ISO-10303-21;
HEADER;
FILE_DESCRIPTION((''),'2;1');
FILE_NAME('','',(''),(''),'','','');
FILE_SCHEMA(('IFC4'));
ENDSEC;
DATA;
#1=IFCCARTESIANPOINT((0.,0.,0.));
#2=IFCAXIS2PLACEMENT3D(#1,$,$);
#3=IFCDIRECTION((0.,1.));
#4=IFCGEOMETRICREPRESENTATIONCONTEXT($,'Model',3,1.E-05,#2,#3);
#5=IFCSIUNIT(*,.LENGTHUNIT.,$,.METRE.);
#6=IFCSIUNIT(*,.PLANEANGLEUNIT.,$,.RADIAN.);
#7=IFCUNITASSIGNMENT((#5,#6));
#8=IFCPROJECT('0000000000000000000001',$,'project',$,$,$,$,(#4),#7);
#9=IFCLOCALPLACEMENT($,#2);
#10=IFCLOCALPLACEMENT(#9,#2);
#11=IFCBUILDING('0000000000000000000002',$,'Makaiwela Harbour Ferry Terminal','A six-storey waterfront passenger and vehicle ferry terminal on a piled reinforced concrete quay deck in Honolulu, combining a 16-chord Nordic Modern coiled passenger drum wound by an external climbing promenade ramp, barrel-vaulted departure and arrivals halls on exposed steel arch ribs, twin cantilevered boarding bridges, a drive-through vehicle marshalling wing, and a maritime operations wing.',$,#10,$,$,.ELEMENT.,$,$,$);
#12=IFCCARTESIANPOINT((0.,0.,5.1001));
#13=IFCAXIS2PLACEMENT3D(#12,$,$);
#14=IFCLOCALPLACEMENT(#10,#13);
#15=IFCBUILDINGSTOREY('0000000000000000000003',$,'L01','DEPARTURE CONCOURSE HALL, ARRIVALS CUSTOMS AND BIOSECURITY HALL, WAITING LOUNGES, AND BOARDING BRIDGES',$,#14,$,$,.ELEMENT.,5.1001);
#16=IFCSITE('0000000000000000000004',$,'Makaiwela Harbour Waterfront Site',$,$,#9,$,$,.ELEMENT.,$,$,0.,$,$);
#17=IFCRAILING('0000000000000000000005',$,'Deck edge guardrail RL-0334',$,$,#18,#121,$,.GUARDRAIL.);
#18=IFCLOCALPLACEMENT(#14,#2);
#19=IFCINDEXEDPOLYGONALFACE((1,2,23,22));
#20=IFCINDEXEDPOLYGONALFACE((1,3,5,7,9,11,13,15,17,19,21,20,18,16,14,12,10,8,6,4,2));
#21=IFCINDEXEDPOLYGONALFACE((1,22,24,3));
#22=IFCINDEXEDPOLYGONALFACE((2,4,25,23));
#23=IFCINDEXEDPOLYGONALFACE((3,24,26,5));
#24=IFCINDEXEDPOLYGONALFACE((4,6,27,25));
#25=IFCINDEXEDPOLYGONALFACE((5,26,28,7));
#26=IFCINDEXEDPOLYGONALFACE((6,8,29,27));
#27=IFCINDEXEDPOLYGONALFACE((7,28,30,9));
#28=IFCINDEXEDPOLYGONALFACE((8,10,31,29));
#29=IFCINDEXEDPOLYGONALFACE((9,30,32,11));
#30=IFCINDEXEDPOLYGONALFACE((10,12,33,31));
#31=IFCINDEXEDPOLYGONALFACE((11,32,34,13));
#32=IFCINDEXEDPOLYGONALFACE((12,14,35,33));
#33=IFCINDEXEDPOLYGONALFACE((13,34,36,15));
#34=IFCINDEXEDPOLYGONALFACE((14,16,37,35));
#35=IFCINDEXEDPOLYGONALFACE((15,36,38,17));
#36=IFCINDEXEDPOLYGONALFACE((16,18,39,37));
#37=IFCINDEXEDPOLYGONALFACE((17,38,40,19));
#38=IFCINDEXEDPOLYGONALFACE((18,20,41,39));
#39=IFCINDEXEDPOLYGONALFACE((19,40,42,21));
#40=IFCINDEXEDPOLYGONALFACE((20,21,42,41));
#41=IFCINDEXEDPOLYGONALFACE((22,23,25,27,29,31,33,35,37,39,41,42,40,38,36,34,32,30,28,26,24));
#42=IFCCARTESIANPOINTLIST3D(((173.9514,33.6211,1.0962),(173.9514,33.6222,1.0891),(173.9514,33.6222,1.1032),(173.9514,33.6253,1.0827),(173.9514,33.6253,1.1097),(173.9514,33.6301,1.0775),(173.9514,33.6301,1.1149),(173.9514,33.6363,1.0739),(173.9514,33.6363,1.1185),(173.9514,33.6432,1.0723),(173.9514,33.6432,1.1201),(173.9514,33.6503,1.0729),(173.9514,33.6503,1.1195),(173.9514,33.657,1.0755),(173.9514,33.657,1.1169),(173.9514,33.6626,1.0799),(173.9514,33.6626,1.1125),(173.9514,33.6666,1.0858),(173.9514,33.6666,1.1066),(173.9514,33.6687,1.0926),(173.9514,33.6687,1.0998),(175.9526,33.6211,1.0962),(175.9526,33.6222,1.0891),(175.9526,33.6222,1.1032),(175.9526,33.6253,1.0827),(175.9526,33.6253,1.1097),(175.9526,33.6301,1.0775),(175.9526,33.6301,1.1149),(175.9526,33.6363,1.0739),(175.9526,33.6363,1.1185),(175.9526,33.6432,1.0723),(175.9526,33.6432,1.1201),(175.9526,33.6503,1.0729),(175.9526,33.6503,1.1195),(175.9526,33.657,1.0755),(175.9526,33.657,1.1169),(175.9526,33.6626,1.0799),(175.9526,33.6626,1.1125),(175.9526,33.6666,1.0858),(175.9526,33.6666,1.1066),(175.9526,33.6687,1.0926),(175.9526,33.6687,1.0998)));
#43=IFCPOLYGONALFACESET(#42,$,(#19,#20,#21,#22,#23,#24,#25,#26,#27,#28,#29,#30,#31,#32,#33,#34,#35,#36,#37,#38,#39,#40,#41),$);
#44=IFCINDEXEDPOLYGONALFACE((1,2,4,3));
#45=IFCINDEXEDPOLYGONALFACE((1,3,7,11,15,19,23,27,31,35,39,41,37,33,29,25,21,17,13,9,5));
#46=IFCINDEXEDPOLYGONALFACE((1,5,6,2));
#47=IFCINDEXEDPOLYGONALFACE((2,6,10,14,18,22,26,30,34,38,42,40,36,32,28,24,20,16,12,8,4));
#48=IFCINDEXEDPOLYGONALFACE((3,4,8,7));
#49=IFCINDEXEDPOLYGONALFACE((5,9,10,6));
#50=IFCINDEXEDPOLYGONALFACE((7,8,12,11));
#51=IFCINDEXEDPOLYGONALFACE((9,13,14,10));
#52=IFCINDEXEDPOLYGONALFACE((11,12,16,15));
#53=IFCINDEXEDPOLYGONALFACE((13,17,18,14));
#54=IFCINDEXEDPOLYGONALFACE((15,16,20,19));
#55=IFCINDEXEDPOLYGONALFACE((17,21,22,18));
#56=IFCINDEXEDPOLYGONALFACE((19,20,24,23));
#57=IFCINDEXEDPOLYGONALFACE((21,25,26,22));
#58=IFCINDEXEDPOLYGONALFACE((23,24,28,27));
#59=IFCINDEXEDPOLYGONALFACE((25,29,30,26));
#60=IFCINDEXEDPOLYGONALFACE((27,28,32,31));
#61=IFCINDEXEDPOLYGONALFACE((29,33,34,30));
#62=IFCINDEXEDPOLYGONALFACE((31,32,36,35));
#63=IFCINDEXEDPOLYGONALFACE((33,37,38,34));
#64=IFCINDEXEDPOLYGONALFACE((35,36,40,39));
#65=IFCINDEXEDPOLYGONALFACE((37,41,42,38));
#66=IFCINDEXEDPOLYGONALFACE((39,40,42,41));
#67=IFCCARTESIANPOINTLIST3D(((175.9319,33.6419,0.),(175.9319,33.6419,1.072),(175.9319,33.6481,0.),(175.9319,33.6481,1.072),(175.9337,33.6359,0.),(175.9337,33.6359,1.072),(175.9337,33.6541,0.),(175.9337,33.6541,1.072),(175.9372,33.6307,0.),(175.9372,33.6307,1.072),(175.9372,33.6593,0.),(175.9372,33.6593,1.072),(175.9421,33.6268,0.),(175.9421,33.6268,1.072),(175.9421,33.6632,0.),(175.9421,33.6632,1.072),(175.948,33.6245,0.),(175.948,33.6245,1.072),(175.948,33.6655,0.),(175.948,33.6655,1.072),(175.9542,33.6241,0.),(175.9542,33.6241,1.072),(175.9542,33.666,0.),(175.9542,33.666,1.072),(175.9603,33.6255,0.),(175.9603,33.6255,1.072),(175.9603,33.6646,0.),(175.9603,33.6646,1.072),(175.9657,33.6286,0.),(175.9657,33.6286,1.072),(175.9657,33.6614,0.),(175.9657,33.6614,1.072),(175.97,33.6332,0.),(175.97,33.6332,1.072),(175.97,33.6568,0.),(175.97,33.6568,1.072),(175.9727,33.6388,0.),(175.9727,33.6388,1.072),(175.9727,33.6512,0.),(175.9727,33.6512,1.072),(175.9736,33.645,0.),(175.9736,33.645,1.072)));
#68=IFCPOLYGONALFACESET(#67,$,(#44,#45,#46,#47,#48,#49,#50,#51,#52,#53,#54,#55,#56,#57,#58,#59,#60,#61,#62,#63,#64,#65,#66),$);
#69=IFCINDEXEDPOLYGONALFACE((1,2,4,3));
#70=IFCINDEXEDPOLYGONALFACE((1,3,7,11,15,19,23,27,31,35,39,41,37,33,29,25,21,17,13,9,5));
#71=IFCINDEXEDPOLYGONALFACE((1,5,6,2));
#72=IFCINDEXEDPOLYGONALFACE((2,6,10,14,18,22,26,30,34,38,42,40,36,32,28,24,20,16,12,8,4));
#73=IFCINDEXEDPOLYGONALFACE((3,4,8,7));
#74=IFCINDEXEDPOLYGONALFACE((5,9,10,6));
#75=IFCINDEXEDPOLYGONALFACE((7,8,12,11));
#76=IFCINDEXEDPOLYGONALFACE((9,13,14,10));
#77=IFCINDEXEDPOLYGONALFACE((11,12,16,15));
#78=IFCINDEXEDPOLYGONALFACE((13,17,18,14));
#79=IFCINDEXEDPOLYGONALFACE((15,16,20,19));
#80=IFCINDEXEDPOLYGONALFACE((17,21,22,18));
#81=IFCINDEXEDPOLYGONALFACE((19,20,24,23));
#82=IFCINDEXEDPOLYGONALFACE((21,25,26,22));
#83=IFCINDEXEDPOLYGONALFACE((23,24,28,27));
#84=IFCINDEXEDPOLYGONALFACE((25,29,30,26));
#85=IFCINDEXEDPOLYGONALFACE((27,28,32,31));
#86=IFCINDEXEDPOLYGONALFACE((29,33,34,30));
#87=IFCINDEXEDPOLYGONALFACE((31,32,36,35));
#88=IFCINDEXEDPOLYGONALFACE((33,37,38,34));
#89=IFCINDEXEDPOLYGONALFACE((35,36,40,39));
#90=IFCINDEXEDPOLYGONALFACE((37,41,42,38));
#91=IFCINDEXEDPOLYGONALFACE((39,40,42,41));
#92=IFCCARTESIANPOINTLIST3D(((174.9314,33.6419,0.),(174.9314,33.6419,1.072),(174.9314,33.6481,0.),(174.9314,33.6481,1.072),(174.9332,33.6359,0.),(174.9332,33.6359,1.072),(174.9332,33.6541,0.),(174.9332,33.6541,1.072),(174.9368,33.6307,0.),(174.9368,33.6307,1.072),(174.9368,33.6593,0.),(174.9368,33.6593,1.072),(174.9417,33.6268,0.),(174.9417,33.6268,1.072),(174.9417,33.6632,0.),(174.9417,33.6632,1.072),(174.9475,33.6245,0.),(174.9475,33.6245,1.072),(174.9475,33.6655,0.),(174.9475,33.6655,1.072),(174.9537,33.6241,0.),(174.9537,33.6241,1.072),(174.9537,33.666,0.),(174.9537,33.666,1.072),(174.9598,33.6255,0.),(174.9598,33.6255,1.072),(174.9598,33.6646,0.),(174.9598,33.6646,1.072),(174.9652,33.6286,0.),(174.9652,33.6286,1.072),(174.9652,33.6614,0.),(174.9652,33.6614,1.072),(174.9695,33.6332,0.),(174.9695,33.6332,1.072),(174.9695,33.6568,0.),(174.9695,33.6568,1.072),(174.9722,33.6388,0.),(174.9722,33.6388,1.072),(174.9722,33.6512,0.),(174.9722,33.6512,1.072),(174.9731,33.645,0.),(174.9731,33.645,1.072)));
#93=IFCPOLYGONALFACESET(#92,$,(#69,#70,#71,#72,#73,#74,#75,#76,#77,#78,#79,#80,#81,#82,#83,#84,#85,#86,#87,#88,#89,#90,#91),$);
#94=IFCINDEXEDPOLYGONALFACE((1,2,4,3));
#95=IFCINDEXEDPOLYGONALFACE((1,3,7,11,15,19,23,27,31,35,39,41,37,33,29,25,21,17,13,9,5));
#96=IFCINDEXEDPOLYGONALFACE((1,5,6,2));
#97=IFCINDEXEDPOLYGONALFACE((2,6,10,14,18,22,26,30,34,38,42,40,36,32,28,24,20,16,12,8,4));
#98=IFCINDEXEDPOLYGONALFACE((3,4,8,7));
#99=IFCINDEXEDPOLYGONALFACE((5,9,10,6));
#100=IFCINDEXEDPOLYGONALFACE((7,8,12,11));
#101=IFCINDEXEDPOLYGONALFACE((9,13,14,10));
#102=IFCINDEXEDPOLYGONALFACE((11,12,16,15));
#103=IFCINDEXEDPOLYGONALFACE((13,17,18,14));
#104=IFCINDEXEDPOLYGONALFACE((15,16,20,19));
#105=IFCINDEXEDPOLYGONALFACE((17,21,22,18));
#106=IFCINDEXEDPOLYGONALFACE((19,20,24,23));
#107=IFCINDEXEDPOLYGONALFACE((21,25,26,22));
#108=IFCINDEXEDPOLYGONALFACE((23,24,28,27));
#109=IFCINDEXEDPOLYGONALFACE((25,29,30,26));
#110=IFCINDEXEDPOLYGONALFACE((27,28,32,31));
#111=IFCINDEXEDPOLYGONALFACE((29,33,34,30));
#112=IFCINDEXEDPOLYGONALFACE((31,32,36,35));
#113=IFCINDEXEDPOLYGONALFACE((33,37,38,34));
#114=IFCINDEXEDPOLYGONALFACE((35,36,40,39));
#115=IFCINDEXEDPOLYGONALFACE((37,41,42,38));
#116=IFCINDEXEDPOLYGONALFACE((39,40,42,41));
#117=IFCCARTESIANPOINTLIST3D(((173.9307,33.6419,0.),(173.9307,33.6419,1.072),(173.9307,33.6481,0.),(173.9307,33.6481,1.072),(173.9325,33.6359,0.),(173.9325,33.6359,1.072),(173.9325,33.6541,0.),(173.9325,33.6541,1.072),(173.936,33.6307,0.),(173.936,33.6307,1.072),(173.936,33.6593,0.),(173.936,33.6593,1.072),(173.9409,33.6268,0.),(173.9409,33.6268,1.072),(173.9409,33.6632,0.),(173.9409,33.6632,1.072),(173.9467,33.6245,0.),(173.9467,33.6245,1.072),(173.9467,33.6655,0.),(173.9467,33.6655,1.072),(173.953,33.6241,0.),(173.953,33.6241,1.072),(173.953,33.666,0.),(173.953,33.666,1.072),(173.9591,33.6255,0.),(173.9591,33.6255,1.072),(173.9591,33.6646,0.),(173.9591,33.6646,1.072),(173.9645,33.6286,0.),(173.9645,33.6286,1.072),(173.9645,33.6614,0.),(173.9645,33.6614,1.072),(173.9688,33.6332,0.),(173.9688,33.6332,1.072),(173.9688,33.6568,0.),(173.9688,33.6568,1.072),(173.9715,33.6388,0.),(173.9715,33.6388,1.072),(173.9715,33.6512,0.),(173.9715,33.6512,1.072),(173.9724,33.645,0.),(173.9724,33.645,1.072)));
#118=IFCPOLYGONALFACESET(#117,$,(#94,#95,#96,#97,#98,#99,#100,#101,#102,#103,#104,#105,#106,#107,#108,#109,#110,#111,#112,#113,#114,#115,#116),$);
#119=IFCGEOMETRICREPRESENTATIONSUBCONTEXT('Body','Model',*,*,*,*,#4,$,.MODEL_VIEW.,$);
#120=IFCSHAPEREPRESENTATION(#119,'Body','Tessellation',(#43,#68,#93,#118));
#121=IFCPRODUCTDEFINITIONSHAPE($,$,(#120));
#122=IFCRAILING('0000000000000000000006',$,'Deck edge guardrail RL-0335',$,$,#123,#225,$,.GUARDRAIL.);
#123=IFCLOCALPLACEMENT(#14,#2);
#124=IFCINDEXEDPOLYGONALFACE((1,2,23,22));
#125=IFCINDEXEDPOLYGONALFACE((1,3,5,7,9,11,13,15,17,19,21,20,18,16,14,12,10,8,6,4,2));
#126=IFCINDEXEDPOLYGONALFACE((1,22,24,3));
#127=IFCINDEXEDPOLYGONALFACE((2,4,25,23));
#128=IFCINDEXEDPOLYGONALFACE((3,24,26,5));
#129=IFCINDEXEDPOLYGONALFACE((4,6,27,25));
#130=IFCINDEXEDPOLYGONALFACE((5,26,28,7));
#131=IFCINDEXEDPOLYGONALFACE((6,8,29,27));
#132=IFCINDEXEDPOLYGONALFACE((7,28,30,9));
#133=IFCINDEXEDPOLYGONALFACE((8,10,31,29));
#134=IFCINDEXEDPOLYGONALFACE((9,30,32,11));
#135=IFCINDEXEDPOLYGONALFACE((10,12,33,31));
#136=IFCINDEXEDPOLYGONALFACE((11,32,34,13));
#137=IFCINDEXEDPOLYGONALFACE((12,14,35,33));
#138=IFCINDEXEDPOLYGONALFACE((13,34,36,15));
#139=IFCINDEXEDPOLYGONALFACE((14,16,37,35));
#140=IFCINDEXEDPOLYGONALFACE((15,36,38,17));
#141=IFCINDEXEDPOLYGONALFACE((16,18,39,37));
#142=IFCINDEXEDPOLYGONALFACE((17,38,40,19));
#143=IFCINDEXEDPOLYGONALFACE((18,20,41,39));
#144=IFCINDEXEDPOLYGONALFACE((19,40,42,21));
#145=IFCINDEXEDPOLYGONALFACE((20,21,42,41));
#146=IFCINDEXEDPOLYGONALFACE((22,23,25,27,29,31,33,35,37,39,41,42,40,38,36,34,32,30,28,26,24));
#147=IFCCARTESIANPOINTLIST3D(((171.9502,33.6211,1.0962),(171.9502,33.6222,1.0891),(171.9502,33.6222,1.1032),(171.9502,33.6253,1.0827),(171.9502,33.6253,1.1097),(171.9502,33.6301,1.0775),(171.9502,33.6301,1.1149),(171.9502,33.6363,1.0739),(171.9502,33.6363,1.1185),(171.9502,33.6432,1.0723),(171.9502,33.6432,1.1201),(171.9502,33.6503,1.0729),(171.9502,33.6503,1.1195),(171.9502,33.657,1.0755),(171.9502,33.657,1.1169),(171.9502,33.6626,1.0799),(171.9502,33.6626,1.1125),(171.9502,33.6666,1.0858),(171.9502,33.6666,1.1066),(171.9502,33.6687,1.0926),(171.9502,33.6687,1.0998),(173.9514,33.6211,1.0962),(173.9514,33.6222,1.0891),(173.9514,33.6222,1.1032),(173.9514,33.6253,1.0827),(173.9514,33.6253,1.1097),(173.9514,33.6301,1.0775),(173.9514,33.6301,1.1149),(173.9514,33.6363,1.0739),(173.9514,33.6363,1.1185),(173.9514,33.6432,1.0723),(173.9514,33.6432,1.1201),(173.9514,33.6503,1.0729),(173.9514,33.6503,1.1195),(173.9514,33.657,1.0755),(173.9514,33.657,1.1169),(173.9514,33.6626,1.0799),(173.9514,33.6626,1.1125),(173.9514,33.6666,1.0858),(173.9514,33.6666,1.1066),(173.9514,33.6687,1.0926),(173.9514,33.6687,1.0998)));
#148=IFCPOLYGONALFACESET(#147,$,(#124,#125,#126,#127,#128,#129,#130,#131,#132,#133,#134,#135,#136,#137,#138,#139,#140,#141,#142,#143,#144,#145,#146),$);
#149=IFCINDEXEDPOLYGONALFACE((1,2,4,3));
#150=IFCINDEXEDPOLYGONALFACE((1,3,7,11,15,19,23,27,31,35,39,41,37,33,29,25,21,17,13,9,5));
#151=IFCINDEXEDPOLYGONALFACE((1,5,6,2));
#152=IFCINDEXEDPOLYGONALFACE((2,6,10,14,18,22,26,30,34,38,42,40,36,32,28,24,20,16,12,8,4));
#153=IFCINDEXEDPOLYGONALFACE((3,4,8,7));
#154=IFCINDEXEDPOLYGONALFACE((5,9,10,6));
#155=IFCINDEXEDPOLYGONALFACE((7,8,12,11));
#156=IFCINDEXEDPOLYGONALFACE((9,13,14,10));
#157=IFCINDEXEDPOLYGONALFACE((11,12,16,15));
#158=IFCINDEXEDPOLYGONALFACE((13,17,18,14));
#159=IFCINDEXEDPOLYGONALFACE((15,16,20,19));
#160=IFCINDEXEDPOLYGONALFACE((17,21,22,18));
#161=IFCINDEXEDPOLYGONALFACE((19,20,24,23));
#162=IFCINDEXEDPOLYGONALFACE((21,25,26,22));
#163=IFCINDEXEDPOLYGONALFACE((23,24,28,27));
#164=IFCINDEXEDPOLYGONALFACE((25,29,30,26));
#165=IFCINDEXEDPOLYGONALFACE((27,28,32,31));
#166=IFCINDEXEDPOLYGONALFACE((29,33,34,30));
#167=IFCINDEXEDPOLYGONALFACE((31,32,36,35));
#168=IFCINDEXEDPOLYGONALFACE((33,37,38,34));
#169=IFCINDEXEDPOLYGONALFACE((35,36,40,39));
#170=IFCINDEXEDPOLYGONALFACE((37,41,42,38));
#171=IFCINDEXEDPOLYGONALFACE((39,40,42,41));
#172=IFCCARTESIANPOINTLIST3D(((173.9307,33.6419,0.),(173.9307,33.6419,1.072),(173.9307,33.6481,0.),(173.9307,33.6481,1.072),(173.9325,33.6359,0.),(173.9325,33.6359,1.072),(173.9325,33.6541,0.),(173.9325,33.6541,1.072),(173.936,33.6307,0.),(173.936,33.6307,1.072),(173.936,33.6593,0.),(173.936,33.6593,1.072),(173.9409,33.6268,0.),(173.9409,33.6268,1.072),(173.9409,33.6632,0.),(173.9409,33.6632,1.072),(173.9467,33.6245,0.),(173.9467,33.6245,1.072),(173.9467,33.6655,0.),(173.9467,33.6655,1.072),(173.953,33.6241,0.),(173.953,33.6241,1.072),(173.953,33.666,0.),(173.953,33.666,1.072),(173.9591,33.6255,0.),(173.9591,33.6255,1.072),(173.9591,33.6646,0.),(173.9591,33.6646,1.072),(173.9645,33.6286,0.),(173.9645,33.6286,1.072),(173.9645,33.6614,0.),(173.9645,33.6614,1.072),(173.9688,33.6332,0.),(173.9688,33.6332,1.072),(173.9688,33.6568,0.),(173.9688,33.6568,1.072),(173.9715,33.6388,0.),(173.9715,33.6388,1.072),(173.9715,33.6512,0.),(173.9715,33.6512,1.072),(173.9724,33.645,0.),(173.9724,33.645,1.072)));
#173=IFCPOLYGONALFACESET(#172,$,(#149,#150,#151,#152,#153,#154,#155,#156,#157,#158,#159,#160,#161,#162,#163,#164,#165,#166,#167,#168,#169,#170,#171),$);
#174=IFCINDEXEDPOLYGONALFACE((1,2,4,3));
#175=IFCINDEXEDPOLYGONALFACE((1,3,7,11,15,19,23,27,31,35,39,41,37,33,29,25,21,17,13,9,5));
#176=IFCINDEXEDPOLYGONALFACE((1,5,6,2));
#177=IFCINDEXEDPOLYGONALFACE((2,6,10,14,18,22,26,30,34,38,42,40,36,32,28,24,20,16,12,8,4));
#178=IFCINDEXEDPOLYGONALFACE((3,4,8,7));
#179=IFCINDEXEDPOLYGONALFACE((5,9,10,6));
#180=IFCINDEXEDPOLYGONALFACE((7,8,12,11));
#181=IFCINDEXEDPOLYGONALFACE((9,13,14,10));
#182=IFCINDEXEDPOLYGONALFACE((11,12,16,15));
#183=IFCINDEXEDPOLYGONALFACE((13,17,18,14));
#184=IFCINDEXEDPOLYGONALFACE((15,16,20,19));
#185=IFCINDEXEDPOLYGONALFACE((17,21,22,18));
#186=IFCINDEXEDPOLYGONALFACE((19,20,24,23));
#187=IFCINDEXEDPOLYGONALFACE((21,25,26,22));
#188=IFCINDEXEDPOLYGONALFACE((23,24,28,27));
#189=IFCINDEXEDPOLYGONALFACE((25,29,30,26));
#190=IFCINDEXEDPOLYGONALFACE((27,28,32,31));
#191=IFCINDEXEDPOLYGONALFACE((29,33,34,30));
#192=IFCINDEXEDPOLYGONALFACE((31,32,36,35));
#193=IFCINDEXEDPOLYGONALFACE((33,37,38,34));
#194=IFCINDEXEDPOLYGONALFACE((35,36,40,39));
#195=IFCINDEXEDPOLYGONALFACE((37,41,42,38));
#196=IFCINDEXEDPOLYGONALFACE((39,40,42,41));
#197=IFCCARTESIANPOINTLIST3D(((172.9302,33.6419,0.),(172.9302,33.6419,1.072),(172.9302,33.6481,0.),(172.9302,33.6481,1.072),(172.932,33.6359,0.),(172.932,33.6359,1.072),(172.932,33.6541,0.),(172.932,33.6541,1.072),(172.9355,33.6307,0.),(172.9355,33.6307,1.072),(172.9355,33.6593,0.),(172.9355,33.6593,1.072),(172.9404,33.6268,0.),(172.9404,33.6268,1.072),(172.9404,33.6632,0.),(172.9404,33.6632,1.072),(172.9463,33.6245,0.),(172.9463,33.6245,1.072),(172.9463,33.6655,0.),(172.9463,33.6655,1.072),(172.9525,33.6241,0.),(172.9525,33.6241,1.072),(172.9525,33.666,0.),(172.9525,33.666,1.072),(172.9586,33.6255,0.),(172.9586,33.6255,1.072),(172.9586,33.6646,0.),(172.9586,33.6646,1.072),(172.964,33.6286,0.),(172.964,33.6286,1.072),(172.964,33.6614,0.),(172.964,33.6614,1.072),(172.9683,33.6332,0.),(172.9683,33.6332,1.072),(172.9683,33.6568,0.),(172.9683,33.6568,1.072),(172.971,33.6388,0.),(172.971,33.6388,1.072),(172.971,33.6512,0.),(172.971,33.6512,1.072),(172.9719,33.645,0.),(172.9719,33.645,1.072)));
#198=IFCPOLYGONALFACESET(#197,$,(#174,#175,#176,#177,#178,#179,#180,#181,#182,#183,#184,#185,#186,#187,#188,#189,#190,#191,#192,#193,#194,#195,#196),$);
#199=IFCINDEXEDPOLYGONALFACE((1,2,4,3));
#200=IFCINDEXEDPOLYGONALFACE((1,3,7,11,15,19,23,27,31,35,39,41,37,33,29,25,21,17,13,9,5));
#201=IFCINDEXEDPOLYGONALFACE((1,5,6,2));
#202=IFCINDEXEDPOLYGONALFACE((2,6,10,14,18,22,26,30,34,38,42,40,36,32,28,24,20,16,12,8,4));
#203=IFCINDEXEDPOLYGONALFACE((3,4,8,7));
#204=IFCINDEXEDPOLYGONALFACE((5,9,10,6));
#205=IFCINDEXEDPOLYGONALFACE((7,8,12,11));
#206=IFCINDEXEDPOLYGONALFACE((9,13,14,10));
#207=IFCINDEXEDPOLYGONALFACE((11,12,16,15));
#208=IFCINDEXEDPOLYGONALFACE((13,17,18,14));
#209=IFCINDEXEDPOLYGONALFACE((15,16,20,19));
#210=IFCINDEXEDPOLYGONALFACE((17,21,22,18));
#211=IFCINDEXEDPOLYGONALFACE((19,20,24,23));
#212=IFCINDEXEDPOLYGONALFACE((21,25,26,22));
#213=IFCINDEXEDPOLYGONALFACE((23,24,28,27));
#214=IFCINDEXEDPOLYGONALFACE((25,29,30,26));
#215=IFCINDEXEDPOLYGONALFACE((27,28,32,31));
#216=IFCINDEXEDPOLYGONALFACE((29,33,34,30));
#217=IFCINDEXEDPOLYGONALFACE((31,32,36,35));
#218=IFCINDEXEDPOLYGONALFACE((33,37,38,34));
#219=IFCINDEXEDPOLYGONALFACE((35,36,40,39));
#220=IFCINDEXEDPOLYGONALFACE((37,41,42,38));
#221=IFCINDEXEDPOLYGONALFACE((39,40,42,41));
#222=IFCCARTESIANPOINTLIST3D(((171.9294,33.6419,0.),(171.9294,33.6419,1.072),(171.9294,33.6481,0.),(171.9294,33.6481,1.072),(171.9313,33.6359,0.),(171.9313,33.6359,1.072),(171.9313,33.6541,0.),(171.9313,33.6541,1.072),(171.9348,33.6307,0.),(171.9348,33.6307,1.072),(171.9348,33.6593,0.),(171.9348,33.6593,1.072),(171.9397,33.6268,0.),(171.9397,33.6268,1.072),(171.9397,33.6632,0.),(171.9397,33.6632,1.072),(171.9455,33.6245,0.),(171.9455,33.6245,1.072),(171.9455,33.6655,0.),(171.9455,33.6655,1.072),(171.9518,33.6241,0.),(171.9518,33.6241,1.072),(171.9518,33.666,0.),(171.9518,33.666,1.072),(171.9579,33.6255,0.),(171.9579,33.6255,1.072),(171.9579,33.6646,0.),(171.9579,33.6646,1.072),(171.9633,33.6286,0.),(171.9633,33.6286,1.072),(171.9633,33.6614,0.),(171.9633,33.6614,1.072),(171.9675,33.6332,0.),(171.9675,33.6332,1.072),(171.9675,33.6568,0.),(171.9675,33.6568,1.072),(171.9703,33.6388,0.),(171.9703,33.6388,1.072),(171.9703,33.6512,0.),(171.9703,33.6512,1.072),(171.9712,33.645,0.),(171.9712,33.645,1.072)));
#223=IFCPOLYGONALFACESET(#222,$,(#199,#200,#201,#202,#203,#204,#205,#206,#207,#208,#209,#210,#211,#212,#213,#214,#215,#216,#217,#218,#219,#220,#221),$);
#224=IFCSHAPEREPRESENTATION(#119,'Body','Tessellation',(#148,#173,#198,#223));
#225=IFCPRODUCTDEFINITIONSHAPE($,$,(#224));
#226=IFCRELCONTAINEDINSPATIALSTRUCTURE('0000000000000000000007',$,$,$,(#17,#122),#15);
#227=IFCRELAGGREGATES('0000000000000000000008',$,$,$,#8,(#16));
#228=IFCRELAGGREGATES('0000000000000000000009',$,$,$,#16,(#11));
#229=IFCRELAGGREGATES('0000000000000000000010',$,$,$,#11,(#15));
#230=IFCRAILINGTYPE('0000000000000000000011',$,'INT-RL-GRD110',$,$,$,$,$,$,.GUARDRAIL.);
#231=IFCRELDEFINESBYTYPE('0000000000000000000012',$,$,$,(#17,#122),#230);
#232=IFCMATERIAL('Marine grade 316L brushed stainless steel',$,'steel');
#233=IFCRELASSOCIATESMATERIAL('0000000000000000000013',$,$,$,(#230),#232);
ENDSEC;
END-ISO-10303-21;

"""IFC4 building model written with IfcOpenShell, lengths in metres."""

from ifc_helpers import new_model, si_unit, direction, frame, origin, origin_2d, place, context, subcontext, project, spatial, circle, extrude, material, type_object, element, save


model = new_model("IFC4")

# Units and contexts
model_context = context("Model", 3, precision=1e-05, world=origin(), true_north=direction((0.0, 1.0)))
body_context = subcontext(model_context, "Body", "Model", "MODEL_VIEW")
ifc_project = project(units=[si_unit("LENGTHUNIT", "METRE"), si_unit("PLANEANGLEUNIT", "RADIAN")], contexts=[model_context])

# Site, building, storey
site_placement = place(None, origin())
site = spatial("IfcSite", under=ifc_project, at=site_placement, Name="Makaiwela Harbour Waterfront Site", CompositionType="ELEMENT", RefElevation=0.0)
building_placement = place(site_placement, origin())
building = spatial("IfcBuilding", under=site, at=building_placement, Name="Makaiwela Harbour Ferry Terminal", Description="A six-storey waterfront passenger and vehicle ferry terminal on a piled reinforced concrete quay deck in Honolulu, combining a 16-chord Nordic Modern coiled passenger drum wound by an external climbing promenade ramp, barrel-vaulted departure and arrivals halls on exposed steel arch ribs, twin cantilevered boarding bridges, a drive-through vehicle marshalling wing, and a maritime operations wing.", CompositionType="ELEMENT")
storey_placement = place(building_placement, frame((0.0, 0.0, 5.1001)))
storey = spatial("IfcBuildingStorey", under=building, at=storey_placement, Name="L01", Description="DEPARTURE CONCOURSE HALL, ARRIVALS CUSTOMS AND BIOSECURITY HALL, WAITING LOUNGES, AND BOARDING BRIDGES", CompositionType="ELEMENT", Elevation=5.1001)

# Railings
ifc_material_1 = material(Name="Marine grade 316L brushed stainless steel", Category="steel")
railing_type = type_object("IfcRailingType", Name="INT-RL-GRD110", PredefinedType="GUARDRAIL", material=ifc_material_1)
for number, where, name in (
    (1, (175.9526, 33.645, 0.0), "Deck edge guardrail RL-0334"),
    (2, (173.9514, 33.645, 0.0), "Deck edge guardrail RL-0335"),
):
    element("IfcRailing", number, at=place(storey_placement, frame(where)), inside=storey, type_object=railing_type, Name=name, PredefinedType="GUARDRAIL", context=body_context, shape_type="SweptSolid", body=[
        extrude(circle(Radius=0.0239, at=origin_2d()), frame((0.0, 0.0, 1.0962), z_axis=(-1.0, 0.0, 0.0), x_axis=(0.0, -1.0, 0.0)), (0.0, 0.0, 1.0), 2.0012),
        extrude(circle(Radius=0.021, at=origin_2d()), origin(), (0.0, 0.0, 1.0), 1.072),
        extrude(circle(Radius=0.021, at=origin_2d()), frame((-1.0005, 0.0, 0.0)), (0.0, 0.0, 1.0), 1.072),
        extrude(circle(Radius=0.021, at=origin_2d()), frame((-2.0012, 0.0, 0.0)), (0.0, 0.0, 1.0), 1.072),
    ])

save(model, "model.ifc")
